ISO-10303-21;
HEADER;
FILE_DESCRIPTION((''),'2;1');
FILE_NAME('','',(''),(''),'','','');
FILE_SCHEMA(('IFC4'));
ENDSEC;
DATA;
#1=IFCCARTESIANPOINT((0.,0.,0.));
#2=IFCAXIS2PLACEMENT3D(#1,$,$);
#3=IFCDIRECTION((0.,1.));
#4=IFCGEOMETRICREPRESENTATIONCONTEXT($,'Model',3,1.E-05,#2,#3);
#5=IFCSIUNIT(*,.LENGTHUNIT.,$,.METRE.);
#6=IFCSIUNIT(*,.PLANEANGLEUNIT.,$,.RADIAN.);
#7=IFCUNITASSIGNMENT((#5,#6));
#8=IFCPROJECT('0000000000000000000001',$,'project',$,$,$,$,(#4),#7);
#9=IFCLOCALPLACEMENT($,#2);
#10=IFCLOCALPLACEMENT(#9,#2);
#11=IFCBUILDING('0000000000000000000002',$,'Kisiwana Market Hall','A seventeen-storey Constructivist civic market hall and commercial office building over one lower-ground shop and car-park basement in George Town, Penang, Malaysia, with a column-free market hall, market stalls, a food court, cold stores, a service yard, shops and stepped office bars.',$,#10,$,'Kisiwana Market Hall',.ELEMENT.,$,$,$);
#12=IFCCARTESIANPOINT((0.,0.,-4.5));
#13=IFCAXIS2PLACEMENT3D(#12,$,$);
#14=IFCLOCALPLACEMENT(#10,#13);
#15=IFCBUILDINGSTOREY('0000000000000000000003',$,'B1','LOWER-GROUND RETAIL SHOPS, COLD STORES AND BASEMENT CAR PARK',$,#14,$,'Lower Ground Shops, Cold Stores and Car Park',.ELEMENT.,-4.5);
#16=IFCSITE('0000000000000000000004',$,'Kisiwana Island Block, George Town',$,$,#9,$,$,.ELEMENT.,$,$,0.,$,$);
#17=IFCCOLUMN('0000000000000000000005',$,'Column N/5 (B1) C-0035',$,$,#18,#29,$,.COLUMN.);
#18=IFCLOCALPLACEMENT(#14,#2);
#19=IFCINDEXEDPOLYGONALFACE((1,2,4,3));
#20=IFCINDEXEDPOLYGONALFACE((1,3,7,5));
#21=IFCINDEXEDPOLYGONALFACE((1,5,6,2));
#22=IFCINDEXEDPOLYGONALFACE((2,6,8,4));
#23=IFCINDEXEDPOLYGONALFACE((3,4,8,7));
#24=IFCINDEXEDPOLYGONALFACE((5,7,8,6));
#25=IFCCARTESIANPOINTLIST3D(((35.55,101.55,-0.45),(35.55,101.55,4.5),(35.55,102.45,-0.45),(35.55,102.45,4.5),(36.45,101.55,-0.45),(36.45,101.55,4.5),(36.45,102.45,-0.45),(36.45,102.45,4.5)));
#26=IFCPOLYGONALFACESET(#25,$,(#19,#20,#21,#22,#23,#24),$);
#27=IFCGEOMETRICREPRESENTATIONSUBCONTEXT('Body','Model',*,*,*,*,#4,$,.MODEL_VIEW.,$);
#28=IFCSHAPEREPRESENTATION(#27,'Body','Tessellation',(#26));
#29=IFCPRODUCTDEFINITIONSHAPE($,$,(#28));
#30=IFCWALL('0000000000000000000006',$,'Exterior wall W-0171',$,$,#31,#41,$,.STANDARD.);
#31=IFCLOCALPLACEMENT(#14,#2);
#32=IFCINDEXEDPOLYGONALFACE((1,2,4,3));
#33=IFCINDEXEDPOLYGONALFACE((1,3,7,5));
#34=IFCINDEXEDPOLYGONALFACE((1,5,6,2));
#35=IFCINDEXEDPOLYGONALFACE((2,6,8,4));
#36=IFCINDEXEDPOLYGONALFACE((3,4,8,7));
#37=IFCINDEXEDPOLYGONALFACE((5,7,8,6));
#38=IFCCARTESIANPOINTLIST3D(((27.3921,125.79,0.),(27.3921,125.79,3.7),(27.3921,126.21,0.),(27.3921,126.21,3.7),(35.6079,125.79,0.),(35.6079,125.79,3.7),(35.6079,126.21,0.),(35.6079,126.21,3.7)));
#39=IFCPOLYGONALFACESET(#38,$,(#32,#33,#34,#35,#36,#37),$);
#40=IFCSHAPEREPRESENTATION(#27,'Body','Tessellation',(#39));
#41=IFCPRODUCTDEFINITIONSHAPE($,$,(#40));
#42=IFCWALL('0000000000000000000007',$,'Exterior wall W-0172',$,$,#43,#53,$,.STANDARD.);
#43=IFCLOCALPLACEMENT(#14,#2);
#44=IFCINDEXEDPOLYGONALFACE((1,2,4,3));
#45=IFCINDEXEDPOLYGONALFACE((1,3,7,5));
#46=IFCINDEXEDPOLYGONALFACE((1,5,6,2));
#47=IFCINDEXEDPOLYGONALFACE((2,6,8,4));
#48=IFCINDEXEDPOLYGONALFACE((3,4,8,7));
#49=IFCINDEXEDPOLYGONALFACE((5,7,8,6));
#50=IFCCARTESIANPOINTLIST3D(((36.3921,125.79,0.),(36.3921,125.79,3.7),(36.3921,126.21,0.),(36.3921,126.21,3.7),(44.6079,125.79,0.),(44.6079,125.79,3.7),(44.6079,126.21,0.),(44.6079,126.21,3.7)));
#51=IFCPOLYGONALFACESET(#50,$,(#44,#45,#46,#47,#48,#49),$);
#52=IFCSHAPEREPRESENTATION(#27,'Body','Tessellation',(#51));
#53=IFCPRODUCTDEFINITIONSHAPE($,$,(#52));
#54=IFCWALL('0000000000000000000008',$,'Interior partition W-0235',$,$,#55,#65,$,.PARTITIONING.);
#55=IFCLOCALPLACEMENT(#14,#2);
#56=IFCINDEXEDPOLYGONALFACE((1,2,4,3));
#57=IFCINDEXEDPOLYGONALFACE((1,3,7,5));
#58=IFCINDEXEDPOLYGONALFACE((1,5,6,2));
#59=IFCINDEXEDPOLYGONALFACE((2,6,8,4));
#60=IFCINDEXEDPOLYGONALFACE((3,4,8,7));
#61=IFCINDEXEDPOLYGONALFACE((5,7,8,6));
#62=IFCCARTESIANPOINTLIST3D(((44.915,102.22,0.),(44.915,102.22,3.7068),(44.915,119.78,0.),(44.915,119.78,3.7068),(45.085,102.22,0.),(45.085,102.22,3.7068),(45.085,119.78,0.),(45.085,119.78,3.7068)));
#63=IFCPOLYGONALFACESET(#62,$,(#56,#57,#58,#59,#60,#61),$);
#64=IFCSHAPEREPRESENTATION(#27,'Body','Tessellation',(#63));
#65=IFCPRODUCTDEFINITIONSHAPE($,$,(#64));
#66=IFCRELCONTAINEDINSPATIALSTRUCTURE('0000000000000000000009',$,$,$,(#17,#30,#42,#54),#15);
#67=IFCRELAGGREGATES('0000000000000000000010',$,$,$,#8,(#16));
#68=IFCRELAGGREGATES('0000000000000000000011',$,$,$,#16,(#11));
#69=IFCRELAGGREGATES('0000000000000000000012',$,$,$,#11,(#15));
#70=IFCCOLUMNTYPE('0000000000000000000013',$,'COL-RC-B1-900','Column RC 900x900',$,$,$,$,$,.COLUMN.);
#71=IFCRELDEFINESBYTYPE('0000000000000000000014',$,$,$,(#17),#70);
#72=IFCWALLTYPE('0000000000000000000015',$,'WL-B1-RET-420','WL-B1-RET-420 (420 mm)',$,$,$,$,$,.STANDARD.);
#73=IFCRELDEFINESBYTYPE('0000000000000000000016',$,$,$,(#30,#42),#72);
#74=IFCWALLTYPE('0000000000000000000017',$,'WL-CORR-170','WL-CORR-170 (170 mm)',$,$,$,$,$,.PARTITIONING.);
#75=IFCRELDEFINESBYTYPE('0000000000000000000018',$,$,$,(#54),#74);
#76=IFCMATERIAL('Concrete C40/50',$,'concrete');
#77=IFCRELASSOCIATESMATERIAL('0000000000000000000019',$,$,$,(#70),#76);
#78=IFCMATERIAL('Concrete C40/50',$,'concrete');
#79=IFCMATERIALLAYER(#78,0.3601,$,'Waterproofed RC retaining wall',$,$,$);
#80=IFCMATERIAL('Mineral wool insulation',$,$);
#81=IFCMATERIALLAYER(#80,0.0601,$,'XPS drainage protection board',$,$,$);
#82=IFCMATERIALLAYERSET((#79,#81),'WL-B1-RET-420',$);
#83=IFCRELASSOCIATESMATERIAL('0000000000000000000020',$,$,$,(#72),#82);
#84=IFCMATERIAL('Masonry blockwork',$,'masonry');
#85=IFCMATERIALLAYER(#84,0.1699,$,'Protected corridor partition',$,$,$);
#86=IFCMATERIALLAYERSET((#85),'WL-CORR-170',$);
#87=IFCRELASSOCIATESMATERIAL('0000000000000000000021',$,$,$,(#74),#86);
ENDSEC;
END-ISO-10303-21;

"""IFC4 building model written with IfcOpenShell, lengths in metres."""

from ifc_helpers import new_model, si_unit, direction, frame, frame_2d, origin, origin_2d, place, context, subcontext, project, spatial, rectangle, extrude, material, layer, layer_set, material_profile, profile_set, type_object, element, save


model = new_model("IFC4")

# Units and contexts
model_context = context("Model", 3, precision=1e-05, world=origin(), true_north=direction((0.0, 1.0)))
body_context = subcontext(model_context, "Body", "Model", "MODEL_VIEW")
ifc_project = project(units=[si_unit("LENGTHUNIT", "METRE"), si_unit("PLANEANGLEUNIT", "RADIAN")], contexts=[model_context])

# Site, building, storey
site_placement = place(None, origin())
site = spatial("IfcSite", under=ifc_project, at=site_placement, Name="Kisiwana Island Block, George Town", CompositionType="ELEMENT", RefElevation=0.0)
building_placement = place(site_placement, origin())
building = spatial("IfcBuilding", under=site, at=building_placement, Name="Kisiwana Market Hall", Description="A seventeen-storey Constructivist civic market hall and commercial office building over one lower-ground shop and car-park basement in George Town, Penang, Malaysia, with a column-free market hall, market stalls, a food court, cold stores, a service yard, shops and stepped office bars.", LongName="Kisiwana Market Hall", CompositionType="ELEMENT")
storey_placement = place(building_placement, frame((0.0, 0.0, -4.5)))
storey = spatial("IfcBuildingStorey", under=building, at=storey_placement, Name="B1", Description="LOWER-GROUND RETAIL SHOPS, COLD STORES AND BASEMENT CAR PARK", LongName="Lower Ground Shops, Cold Stores and Car Park", CompositionType="ELEMENT", Elevation=-4.5)

# Column
ifc_material_1 = material(Name="Concrete C40/50", Category="concrete")
ifc_material_profile_1 = material_profile(ifc_material_1, rectangle(XDim=0.8999, YDim=0.8999, at=origin_2d()), Name="RC 900x900")
ifc_profile_set_1 = profile_set([ifc_material_profile_1], Name="Concrete C40/50")
column_type_1 = type_object("IfcColumnType", Name="COL-RC-B1-900", Description="Column RC 900x900", PredefinedType="COLUMN", material=ifc_profile_set_1)
column_placement = place(storey_placement, frame((36.0, 102.0, -0.45), z_axis=(0.0, 0.0, 1.0), x_axis=(1.0, 0.0, 0.0)))
element("IfcColumn", 1, at=column_placement, inside=storey, type_object=column_type_1, Name="Column N/5 (B1) C-0035", PredefinedType="COLUMN", context=body_context, shape_type="SweptSolid", body=[
    extrude(rectangle(XDim=0.8999, YDim=0.8999, at=origin_2d()), origin(), (0.0, 0.0, 1.0), 4.95),
])

# Walls
ifc_material_2 = material(Name="Concrete C40/50", Category="concrete")
ifc_layer_1 = layer(ifc_material_2, 0.3601, Name="Waterproofed RC retaining wall")
ifc_material_3 = material(Name="Mineral wool insulation")
ifc_layer_2 = layer(ifc_material_3, 0.0601, Name="XPS drainage protection board")
ifc_layer_set_1 = layer_set([ifc_layer_1, ifc_layer_2], Name="WL-B1-RET-420")
wall_type_1 = type_object("IfcWallType", Name="WL-B1-RET-420", Description="WL-B1-RET-420 (420 mm)", PredefinedType="STANDARD", material=ifc_layer_set_1)
for number, where, z_axis, x_axis, name in (
    (2, (27.3921, 126.0, 0.0), (0.0, 0.0, 1.0), (1.0, 0.0, 0.0), "Exterior wall W-0171"),
    (3, (36.3921, 126.0, 0.0), (0.0, 0.0, 1.0), (1.0, 0.0, 0.0), "Exterior wall W-0172"),
):
    element("IfcWall", number, at=place(storey_placement, frame(where, z_axis=z_axis, x_axis=x_axis)), inside=storey, type_object=wall_type_1, Name=name, PredefinedType="STANDARD", context=body_context, shape_type="SweptSolid", body=[
        extrude(rectangle(XDim=8.2158, YDim=0.4199, at=frame_2d((4.1079, 0.0))), origin(), (0.0, 0.0, 1.0), 3.7),
    ])
ifc_material_4 = material(Name="Masonry blockwork", Category="masonry")
ifc_layer_3 = layer(ifc_material_4, 0.1699, Name="Protected corridor partition")
ifc_layer_set_2 = layer_set([ifc_layer_3], Name="WL-CORR-170")
wall_type_2 = type_object("IfcWallType", Name="WL-CORR-170", Description="WL-CORR-170 (170 mm)", PredefinedType="PARTITIONING", material=ifc_layer_set_2)
wall_placement = place(storey_placement, frame((45.0, 102.22, 0.0), z_axis=(0.0, 0.0, 1.0), x_axis=(0.0, 1.0, 0.0)))
element("IfcWall", 4, at=wall_placement, inside=storey, type_object=wall_type_2, Name="Interior partition W-0235", PredefinedType="PARTITIONING", context=body_context, shape_type="SweptSolid", body=[
    extrude(rectangle(XDim=17.5601, YDim=0.1699, at=frame_2d((8.78, 0.0))), origin(), (0.0, 0.0, 1.0), 3.7068),
])

save(model, "model.ifc")
